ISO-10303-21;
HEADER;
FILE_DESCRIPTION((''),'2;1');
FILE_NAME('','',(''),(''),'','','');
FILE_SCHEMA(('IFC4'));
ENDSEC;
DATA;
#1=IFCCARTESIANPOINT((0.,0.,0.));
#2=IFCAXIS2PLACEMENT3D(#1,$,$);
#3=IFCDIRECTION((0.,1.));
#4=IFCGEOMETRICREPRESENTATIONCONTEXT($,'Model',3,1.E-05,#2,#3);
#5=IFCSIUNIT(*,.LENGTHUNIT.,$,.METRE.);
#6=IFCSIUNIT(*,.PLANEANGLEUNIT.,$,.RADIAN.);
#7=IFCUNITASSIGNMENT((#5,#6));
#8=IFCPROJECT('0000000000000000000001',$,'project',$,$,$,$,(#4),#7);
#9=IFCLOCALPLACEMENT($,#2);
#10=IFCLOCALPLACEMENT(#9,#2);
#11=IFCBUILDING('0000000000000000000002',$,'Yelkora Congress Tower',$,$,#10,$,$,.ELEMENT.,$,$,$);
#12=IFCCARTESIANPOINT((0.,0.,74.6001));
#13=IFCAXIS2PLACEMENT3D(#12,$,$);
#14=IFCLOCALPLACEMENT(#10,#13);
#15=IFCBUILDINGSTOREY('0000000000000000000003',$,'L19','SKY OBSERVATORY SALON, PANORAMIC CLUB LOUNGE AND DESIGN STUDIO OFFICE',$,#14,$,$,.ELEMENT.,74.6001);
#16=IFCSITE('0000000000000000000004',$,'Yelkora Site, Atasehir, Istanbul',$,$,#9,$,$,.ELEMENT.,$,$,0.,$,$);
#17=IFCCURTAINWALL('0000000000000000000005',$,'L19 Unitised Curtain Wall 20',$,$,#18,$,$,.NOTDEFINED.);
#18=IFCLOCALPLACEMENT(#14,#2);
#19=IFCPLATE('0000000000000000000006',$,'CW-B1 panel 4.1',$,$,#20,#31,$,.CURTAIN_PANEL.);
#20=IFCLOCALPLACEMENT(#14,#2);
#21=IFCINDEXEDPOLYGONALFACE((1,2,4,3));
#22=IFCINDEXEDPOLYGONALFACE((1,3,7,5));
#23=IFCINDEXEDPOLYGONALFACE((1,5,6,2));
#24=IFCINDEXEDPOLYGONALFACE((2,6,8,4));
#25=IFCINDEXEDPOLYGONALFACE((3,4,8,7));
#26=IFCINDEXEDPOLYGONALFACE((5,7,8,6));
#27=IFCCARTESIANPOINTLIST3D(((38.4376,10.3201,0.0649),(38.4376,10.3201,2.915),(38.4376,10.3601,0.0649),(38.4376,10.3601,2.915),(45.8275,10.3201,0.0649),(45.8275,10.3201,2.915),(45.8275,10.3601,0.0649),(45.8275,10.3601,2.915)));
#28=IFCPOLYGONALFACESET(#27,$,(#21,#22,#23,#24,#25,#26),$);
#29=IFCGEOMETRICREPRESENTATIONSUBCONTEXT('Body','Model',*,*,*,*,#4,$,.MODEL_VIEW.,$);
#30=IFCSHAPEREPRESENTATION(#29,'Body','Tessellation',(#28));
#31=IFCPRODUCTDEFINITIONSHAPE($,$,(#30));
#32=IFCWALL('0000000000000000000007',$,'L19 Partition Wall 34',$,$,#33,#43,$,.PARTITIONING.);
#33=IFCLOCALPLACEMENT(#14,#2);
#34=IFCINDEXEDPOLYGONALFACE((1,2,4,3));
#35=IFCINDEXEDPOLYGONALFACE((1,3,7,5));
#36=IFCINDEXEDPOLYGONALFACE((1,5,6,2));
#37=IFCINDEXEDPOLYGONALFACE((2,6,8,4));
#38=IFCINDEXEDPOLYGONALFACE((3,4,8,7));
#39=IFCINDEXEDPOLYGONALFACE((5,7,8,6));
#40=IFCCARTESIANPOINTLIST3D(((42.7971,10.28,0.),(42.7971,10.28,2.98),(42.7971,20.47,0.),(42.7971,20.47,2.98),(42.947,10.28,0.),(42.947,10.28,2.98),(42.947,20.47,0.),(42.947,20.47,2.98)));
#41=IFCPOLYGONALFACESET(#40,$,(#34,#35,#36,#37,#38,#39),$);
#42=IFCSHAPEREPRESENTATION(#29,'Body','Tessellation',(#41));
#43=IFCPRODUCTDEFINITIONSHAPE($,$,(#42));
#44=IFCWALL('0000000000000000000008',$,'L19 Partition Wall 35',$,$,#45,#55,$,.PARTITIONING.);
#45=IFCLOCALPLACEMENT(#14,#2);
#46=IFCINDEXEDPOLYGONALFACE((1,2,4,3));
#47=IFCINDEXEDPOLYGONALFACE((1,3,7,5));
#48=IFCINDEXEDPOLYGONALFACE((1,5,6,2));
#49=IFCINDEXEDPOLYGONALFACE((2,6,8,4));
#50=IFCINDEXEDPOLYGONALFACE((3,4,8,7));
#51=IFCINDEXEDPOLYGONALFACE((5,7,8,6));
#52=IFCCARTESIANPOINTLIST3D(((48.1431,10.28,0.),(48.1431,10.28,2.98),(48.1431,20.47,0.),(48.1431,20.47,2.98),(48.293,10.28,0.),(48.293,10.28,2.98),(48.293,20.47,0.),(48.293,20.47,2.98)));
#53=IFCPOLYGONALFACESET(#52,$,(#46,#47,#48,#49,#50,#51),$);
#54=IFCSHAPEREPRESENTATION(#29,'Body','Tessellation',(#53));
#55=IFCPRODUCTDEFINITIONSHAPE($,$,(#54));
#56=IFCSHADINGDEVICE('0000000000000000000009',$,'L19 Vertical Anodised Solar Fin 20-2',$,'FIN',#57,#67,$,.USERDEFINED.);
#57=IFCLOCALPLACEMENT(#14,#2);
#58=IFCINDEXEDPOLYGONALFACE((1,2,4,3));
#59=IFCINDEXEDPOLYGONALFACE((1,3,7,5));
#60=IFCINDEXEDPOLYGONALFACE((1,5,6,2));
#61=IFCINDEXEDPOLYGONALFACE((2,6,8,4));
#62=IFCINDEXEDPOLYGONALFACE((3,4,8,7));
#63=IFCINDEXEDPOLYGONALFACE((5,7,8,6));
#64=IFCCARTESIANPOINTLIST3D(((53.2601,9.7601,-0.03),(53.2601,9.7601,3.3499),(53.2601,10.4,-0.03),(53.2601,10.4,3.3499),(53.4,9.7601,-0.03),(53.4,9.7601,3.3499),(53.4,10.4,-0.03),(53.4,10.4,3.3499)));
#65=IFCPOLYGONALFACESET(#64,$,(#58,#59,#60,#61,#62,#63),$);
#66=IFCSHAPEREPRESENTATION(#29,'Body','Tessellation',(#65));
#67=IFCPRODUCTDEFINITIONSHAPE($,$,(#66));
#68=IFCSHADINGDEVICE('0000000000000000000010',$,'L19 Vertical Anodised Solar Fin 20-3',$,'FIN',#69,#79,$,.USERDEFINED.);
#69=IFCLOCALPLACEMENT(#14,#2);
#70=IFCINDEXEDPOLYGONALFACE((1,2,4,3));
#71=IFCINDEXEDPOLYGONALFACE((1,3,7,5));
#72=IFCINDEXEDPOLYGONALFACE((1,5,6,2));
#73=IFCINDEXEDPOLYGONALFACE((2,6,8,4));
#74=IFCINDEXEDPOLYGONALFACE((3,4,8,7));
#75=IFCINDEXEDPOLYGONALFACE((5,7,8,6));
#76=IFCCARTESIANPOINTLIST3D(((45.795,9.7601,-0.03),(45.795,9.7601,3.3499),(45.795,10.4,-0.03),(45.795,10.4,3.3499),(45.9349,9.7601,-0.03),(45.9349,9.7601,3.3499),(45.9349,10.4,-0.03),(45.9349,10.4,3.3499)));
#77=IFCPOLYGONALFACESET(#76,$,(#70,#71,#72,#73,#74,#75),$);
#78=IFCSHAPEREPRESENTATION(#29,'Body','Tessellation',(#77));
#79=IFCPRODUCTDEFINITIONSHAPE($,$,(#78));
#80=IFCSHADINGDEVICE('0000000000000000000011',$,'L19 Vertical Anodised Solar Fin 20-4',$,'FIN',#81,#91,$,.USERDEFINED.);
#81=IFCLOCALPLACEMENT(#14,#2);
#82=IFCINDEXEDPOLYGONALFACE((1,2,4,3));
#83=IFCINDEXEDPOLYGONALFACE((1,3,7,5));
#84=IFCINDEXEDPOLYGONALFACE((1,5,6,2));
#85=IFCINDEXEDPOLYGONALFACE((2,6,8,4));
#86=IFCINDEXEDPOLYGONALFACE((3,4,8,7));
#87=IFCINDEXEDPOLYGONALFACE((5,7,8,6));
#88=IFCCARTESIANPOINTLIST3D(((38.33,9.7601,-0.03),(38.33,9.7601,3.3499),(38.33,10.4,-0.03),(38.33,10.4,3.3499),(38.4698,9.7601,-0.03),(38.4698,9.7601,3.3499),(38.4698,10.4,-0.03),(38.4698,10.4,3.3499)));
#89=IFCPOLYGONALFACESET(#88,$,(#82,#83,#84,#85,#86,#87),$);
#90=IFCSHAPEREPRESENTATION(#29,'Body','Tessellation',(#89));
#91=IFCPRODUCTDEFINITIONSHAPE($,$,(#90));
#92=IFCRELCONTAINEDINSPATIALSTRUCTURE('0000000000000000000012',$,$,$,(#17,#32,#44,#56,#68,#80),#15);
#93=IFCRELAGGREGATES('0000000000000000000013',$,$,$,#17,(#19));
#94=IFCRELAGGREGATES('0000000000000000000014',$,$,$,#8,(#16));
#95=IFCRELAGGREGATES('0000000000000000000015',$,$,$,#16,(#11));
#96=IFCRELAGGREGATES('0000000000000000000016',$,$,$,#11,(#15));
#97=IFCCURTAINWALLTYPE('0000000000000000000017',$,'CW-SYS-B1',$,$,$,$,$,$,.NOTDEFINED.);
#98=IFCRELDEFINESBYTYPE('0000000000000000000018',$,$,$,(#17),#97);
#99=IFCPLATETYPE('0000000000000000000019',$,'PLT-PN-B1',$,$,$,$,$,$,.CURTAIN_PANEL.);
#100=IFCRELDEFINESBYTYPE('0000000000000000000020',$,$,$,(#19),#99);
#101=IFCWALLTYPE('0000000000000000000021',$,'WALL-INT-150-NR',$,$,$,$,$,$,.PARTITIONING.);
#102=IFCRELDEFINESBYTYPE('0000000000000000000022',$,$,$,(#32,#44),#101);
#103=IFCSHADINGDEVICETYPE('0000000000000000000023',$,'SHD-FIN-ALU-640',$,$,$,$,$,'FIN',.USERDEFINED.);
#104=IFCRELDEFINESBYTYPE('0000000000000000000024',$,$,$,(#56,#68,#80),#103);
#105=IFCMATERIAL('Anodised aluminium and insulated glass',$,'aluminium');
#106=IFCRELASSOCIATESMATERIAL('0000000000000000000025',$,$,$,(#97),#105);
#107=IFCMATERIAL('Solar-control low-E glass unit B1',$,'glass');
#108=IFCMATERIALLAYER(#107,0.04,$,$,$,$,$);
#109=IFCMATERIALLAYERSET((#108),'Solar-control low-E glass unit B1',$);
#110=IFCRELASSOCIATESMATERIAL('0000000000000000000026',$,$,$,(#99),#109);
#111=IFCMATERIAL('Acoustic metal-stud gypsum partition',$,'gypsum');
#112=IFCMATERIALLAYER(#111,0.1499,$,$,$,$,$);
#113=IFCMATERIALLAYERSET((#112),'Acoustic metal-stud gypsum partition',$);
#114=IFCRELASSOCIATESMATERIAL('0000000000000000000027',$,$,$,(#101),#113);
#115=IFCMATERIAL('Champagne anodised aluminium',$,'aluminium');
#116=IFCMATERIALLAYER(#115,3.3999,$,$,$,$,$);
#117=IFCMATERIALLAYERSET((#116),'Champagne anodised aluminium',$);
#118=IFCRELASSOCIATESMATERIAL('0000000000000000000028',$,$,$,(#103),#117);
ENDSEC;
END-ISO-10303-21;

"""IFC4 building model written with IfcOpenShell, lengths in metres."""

from ifc_helpers import new_model, si_unit, direction, frame, frame_2d, origin, origin_2d, place, context, subcontext, project, spatial, rectangle, extrude, material, layer, layer_set, type_object, element, aggregate, save


model = new_model("IFC4")

# Units and contexts
model_context = context("Model", 3, precision=1e-05, world=origin(), true_north=direction((0.0, 1.0)))
body_context = subcontext(model_context, "Body", "Model", "MODEL_VIEW")
ifc_project = project(units=[si_unit("LENGTHUNIT", "METRE"), si_unit("PLANEANGLEUNIT", "RADIAN")], contexts=[model_context])

# Site, building, storey
site_placement = place(None, origin())
site = spatial("IfcSite", under=ifc_project, at=site_placement, Name="Yelkora Site, Atasehir, Istanbul", CompositionType="ELEMENT", RefElevation=0.0)
building_placement = place(site_placement, origin())
building = spatial("IfcBuilding", under=site, at=building_placement, Name="Yelkora Congress Tower", CompositionType="ELEMENT")
storey_placement = place(building_placement, frame((0.0, 0.0, 74.6001)))
storey = spatial("IfcBuildingStorey", under=building, at=storey_placement, Name="L19", Description="SKY OBSERVATORY SALON, PANORAMIC CLUB LOUNGE AND DESIGN STUDIO OFFICE", CompositionType="ELEMENT", Elevation=74.6001)

# Curtain wall, plate
ifc_material_1 = material(Name="Anodised aluminium and insulated glass", Category="aluminium")
curtain_wall_type = type_object("IfcCurtainWallType", Name="CW-SYS-B1", PredefinedType="NOTDEFINED", material=ifc_material_1)
curtain_wall_placement = place(storey_placement, origin())
curtain_wall = element("IfcCurtainWall", 1, at=curtain_wall_placement, inside=storey, type_object=curtain_wall_type, Name="L19 Unitised Curtain Wall 20", PredefinedType="NOTDEFINED")
ifc_material_2 = material(Name="Solar-control low-E glass unit B1", Category="glass")
ifc_layer_1 = layer(ifc_material_2, 0.04)
ifc_layer_set_1 = layer_set([ifc_layer_1], Name="Solar-control low-E glass unit B1")
plate_type = type_object("IfcPlateType", Name="PLT-PN-B1", PredefinedType="CURTAIN_PANEL", material=ifc_layer_set_1)
plate_1_placement = place(storey_placement, frame((42.1326, 10.3401, 0.0649), z_axis=(0.0, 0.0, 1.0), x_axis=(-1.0, 0.0, 0.0)))
plate_1 = element("IfcPlate", 2, at=plate_1_placement, type_object=plate_type, Name="CW-B1 panel 4.1", PredefinedType="CURTAIN_PANEL", context=body_context, shape_type="SweptSolid", body=[
    extrude(rectangle(XDim=7.3899, YDim=0.04, at=origin_2d()), origin(), (0.0, 0.0, 1.0), 2.8501),
])
aggregate(curtain_wall, [plate_1])

# Walls
ifc_material_3 = material(Name="Acoustic metal-stud gypsum partition", Category="gypsum")
ifc_layer_2 = layer(ifc_material_3, 0.1499)
ifc_layer_set_2 = layer_set([ifc_layer_2], Name="Acoustic metal-stud gypsum partition")
wall_type = type_object("IfcWallType", Name="WALL-INT-150-NR", PredefinedType="PARTITIONING", material=ifc_layer_set_2)
for number, where, z_axis, x_axis, name in (
    (3, (42.8721, 10.28, 0.0), (0.0, 0.0, 1.0), (0.0, 1.0, 0.0), "L19 Partition Wall 34"),
    (4, (48.218, 10.28, 0.0), (0.0, 0.0, 1.0), (0.0, 1.0, 0.0), "L19 Partition Wall 35"),
):
    element("IfcWall", number, at=place(storey_placement, frame(where, z_axis=z_axis, x_axis=x_axis)), inside=storey, type_object=wall_type, Name=name, PredefinedType="PARTITIONING", context=body_context, shape_type="SweptSolid", body=[
        extrude(rectangle(XDim=10.1899, YDim=0.1499, at=frame_2d((5.095, 0.0))), origin(), (0.0, 0.0, 1.0), 2.98),
    ])

# Shading devices
ifc_material_4 = material(Name="Champagne anodised aluminium", Category="aluminium")
ifc_layer_3 = layer(ifc_material_4, 3.3999)
ifc_layer_set_3 = layer_set([ifc_layer_3], Name="Champagne anodised aluminium")
shading_device_type = type_object("IfcShadingDeviceType", Name="SHD-FIN-ALU-640", ElementType="FIN", PredefinedType="USERDEFINED", material=ifc_layer_set_3)
for number, where, z_axis, x_axis, name in (
    (5, (53.3301, 10.0801, -0.03), (0.0, 0.0, 1.0), (-1.0, 0.0, 0.0), "L19 Vertical Anodised Solar Fin 20-2"),
    (6, (45.865, 10.0801, -0.03), (0.0, 0.0, 1.0), (-1.0, 0.0, 0.0), "L19 Vertical Anodised Solar Fin 20-3"),
    (7, (38.3999, 10.0801, -0.03), (0.0, 0.0, 1.0), (-1.0, 0.0, 0.0), "L19 Vertical Anodised Solar Fin 20-4"),
):
    element("IfcShadingDevice", number, at=place(storey_placement, frame(where, z_axis=z_axis, x_axis=x_axis)), inside=storey, type_object=shading_device_type, Name=name, ObjectType="FIN", PredefinedType="USERDEFINED", context=body_context, shape_type="SweptSolid", body=[
        extrude(rectangle(XDim=0.1399, YDim=0.6399, at=origin_2d()), origin(), (0.0, 0.0, 1.0), 3.3799),
    ])

save(model, "model.ifc")
